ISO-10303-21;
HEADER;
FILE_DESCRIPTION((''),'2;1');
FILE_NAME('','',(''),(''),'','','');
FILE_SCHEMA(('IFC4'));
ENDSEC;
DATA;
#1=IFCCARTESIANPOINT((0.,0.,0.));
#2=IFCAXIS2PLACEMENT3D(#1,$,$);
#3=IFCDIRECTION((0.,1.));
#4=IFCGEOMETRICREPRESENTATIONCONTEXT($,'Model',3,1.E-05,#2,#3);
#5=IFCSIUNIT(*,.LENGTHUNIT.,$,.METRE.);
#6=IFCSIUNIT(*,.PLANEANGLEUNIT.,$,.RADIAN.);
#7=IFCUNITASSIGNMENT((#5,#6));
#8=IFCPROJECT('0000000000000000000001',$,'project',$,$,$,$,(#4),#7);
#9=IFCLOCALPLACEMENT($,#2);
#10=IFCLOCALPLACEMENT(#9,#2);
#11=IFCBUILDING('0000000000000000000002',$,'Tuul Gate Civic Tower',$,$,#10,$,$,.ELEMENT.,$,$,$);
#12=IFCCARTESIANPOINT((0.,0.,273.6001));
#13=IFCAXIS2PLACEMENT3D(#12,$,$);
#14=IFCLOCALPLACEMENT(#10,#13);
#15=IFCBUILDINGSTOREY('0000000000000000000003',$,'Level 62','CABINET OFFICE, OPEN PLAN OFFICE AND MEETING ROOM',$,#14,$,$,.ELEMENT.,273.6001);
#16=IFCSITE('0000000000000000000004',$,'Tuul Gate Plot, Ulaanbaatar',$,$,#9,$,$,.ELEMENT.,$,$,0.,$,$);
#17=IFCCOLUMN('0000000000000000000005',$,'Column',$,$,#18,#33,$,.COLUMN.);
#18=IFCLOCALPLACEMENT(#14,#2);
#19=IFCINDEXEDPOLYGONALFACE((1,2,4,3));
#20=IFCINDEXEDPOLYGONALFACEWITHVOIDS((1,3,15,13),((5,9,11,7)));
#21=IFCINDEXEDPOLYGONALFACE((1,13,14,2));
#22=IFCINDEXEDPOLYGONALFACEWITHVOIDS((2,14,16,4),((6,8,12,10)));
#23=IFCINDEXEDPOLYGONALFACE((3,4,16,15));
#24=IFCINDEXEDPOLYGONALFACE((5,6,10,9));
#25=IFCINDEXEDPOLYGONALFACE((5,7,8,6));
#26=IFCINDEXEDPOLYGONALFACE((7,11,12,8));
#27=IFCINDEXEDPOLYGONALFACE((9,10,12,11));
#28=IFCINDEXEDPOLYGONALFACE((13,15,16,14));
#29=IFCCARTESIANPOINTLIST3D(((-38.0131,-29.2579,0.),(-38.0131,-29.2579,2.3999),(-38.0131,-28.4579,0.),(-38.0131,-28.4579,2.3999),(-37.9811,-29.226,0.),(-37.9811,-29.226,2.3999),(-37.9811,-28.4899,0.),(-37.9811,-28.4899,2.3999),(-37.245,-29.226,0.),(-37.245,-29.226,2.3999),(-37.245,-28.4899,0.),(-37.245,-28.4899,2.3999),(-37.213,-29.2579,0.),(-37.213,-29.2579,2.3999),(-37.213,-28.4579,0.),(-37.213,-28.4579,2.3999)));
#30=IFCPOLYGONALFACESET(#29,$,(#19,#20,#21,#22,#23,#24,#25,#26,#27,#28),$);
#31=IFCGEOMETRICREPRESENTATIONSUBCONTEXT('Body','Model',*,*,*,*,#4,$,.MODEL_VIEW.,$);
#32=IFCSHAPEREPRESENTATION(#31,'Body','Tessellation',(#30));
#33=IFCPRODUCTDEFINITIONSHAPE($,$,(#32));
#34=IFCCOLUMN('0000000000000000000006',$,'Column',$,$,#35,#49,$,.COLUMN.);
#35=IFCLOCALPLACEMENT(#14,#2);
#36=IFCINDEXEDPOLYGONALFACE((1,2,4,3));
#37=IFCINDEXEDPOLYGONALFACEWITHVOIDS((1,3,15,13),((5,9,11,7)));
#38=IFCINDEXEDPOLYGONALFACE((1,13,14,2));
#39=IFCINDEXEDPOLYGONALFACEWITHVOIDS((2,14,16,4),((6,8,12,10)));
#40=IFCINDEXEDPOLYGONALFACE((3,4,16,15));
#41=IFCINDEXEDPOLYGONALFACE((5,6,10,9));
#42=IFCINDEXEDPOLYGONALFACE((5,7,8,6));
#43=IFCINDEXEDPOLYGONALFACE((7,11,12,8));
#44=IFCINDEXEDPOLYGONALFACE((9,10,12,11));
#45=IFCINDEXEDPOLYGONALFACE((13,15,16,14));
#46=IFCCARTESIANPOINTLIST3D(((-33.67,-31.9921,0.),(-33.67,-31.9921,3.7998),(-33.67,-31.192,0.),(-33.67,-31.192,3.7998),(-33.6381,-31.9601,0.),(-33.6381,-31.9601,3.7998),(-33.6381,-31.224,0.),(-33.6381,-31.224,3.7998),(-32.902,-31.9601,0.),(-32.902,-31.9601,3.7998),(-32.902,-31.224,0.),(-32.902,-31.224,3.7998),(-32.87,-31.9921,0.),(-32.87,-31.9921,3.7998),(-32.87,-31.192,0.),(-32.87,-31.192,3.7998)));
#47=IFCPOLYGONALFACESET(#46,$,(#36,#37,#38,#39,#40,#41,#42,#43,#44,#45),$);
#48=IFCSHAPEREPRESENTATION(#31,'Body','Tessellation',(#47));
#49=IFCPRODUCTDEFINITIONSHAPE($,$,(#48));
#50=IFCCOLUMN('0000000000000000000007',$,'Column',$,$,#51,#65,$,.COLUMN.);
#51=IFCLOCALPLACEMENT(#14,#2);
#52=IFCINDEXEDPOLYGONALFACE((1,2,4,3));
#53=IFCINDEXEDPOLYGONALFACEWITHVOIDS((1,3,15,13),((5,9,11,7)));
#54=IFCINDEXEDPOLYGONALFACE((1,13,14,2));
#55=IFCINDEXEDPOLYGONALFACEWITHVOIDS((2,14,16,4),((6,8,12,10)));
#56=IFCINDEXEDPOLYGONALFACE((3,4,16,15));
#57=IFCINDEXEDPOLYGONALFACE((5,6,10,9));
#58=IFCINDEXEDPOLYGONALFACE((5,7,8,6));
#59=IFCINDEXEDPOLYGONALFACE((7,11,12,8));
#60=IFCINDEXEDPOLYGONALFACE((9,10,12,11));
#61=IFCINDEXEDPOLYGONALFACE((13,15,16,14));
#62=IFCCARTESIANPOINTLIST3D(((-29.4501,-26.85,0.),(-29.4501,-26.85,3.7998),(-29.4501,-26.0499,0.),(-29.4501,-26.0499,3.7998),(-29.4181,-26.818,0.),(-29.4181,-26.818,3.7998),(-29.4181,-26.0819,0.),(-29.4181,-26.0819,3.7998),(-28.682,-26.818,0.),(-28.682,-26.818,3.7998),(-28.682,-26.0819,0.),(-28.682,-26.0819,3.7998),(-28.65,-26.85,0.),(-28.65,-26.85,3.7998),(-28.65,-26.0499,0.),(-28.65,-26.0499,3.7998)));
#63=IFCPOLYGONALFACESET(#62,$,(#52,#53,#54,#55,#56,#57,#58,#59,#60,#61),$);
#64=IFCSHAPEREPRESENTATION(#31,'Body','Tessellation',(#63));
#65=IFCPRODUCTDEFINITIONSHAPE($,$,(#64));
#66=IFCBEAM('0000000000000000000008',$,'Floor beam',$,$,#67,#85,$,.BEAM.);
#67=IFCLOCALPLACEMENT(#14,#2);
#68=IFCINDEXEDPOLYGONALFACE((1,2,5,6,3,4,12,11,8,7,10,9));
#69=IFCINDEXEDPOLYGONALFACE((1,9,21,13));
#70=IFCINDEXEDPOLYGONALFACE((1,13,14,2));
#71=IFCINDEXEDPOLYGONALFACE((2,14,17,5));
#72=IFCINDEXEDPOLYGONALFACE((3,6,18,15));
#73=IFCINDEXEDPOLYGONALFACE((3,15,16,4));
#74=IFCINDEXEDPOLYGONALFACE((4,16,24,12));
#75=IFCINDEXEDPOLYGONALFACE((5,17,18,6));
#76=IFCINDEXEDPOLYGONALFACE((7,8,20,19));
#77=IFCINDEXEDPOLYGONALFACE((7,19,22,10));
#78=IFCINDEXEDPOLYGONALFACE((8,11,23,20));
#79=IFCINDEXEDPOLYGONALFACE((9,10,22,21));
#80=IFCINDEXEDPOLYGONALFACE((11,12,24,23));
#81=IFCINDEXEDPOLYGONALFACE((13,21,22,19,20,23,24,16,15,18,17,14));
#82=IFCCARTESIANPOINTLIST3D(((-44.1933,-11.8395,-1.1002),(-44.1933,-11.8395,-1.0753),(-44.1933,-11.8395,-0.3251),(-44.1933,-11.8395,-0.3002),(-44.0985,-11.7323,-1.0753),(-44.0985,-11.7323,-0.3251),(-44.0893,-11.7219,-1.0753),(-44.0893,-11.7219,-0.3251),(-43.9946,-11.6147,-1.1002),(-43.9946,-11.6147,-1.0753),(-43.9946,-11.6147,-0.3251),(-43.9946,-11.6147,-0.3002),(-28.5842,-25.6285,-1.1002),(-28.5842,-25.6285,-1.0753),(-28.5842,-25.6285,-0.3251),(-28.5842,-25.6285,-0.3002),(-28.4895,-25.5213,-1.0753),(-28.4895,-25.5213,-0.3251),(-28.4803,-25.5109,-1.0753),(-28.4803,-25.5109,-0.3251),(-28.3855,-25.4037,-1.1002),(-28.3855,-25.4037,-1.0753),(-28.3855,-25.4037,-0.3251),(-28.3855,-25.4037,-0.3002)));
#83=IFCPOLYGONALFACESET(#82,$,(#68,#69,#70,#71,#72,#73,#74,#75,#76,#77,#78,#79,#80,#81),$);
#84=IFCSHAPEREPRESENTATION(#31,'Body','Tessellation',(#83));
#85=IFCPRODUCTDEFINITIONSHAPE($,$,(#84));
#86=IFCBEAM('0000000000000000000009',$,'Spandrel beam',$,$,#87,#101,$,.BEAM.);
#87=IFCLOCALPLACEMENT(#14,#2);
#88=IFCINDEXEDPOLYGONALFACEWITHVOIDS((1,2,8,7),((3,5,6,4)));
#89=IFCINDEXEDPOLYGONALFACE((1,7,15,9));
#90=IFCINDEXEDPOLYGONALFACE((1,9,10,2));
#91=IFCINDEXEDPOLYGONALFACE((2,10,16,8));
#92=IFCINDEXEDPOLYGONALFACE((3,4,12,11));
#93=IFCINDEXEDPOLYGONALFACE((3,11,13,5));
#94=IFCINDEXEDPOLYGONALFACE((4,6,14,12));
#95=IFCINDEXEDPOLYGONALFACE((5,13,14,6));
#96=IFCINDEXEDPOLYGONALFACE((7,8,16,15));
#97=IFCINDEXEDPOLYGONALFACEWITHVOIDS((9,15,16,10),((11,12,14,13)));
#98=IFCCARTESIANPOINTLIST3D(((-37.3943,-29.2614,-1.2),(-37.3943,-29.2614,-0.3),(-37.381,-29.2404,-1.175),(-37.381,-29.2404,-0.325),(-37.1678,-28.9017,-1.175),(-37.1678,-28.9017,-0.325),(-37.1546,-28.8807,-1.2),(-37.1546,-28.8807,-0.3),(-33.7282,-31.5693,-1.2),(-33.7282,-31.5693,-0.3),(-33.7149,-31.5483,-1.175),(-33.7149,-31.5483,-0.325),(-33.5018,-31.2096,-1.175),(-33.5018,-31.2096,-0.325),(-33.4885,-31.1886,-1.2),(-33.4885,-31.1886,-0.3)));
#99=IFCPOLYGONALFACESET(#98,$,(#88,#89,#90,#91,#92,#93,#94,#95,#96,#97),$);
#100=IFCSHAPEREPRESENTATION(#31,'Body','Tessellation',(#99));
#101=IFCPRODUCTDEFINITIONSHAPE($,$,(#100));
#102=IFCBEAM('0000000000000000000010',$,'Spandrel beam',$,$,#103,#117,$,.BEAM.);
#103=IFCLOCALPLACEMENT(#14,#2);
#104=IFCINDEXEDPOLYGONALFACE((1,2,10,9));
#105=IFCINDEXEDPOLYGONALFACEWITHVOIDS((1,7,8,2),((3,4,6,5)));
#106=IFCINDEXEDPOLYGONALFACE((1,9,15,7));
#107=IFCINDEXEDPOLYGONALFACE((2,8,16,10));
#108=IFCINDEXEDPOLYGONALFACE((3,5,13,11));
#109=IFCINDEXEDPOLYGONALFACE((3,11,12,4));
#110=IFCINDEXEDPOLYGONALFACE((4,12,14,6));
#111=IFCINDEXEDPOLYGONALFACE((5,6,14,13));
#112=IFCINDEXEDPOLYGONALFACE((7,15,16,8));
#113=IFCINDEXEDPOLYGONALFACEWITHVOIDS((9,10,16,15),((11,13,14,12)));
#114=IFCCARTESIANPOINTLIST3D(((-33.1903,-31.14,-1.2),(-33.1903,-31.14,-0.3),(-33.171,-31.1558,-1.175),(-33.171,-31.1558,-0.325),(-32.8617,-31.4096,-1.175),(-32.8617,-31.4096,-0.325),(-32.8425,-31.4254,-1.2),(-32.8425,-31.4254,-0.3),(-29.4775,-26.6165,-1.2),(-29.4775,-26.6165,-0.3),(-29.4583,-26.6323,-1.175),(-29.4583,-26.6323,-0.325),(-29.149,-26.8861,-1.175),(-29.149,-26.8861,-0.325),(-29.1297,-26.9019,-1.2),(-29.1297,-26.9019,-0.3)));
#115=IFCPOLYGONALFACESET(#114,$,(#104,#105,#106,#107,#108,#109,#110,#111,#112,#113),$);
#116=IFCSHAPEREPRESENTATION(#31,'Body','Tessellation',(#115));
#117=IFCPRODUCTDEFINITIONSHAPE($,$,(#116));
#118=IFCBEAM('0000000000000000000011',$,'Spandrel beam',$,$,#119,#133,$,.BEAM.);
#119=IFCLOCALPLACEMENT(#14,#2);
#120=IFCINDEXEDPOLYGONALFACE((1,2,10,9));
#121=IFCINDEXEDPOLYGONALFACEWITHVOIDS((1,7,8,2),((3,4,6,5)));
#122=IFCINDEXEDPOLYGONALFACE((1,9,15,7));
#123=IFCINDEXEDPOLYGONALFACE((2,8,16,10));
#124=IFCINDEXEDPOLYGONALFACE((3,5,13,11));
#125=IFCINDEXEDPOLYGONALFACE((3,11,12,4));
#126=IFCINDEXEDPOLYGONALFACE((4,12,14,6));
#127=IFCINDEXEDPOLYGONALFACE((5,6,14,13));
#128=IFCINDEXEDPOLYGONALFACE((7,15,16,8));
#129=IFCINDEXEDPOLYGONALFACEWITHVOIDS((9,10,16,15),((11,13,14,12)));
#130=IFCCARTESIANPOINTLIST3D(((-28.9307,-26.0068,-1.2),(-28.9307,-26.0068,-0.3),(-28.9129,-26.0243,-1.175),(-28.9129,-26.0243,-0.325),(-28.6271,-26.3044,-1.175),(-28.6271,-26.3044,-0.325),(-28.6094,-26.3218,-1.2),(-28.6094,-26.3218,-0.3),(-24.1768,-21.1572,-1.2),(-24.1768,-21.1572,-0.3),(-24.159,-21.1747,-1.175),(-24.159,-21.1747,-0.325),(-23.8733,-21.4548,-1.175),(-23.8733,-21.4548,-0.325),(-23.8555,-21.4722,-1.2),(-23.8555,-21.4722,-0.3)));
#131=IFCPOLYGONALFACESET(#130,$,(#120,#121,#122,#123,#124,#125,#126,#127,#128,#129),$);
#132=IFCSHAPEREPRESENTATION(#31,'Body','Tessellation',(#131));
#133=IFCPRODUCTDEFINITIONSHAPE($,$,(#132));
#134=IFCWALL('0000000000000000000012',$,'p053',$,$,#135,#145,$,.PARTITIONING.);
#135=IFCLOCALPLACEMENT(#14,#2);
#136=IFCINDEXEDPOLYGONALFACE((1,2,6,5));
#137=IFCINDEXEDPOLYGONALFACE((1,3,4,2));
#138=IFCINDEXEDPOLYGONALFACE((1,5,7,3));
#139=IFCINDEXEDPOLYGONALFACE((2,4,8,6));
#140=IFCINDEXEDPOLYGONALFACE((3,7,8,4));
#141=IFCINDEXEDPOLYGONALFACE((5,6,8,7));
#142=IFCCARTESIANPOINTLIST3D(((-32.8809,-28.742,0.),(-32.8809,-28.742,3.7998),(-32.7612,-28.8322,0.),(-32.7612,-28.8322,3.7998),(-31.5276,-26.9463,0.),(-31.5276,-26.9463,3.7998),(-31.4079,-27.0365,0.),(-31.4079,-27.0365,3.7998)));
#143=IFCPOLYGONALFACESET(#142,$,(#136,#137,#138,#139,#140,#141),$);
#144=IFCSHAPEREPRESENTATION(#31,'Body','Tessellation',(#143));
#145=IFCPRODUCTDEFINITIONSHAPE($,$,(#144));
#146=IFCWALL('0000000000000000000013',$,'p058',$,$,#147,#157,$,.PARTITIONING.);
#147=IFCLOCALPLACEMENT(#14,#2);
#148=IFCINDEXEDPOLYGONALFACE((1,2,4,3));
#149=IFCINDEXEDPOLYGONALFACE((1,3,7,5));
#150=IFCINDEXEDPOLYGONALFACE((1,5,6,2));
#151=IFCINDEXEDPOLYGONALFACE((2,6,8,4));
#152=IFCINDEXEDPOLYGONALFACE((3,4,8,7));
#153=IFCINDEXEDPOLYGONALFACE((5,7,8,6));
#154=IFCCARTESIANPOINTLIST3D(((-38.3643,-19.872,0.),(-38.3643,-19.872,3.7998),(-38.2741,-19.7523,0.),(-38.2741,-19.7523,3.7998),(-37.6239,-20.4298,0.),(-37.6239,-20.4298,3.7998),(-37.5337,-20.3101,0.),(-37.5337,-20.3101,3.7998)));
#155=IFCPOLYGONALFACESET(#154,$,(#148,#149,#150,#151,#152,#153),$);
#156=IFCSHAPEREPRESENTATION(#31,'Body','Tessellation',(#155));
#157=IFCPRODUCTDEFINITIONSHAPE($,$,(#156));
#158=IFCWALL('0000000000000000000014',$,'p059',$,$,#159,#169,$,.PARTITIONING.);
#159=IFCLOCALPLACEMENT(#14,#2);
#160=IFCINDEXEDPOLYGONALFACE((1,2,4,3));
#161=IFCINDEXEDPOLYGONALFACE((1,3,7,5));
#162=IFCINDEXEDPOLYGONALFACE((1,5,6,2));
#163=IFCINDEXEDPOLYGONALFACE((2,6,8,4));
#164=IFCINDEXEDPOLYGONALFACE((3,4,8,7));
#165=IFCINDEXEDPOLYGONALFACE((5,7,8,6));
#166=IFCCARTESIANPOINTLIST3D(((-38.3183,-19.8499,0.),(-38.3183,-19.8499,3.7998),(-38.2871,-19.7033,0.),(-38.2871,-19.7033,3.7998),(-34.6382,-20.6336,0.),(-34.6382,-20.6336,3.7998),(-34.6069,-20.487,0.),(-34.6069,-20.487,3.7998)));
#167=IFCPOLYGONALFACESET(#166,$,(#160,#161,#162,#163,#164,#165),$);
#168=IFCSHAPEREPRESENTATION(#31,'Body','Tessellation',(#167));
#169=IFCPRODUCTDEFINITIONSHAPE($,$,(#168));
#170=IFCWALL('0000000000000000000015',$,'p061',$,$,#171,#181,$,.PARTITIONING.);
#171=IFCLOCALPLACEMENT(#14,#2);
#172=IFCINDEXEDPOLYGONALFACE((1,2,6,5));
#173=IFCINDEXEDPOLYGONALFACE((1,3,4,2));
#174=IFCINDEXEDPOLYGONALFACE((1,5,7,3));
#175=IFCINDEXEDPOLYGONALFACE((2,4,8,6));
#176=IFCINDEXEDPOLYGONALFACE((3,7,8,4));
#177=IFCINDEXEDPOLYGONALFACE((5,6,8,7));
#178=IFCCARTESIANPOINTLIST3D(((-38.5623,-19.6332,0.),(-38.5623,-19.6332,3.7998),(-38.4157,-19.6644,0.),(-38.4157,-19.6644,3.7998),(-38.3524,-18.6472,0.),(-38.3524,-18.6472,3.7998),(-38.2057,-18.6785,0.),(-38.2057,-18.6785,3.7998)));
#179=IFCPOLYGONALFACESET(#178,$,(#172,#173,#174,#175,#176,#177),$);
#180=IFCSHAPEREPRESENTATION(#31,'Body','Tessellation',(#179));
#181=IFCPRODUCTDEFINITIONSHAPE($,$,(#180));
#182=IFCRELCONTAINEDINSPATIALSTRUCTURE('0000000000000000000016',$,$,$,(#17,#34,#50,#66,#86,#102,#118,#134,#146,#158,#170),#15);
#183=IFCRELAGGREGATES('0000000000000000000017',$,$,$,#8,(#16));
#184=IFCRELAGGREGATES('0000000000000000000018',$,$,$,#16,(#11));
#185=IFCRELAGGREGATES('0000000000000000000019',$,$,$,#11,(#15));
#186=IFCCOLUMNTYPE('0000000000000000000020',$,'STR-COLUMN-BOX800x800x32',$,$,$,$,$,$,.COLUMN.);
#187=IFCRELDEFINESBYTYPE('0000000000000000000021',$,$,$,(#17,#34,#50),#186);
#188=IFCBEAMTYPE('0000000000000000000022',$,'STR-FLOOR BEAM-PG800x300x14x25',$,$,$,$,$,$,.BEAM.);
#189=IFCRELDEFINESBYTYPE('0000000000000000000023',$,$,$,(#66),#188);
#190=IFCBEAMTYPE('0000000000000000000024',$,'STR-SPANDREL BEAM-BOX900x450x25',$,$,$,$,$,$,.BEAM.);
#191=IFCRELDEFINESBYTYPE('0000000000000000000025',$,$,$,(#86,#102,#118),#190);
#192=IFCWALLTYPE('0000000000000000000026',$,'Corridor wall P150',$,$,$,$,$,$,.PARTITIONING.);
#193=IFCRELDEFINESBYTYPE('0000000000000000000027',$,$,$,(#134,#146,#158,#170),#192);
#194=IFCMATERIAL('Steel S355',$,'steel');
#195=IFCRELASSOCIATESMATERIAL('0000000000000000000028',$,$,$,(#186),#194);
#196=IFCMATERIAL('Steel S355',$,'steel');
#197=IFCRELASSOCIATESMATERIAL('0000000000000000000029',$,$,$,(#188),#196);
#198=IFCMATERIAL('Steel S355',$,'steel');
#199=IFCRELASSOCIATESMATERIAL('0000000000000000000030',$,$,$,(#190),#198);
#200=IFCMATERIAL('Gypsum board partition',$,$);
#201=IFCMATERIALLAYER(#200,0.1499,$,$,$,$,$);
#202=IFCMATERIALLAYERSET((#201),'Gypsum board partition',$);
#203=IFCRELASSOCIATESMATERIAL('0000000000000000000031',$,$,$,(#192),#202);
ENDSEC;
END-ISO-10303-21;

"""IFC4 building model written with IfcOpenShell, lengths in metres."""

from ifc_helpers import new_model, si_unit, direction, frame, frame_2d, origin, origin_2d, place, context, subcontext, project, spatial, rectangle, hollow_rectangle, i_section, extrude, material, layer, layer_set, material_profile, profile_set, type_object, element, save


model = new_model("IFC4")

# Units and contexts
model_context = context("Model", 3, precision=1e-05, world=origin(), true_north=direction((0.0, 1.0)))
body_context = subcontext(model_context, "Body", "Model", "MODEL_VIEW")
ifc_project = project(units=[si_unit("LENGTHUNIT", "METRE"), si_unit("PLANEANGLEUNIT", "RADIAN")], contexts=[model_context])

# Site, building, storey
site_placement = place(None, origin())
site = spatial("IfcSite", under=ifc_project, at=site_placement, Name="Tuul Gate Plot, Ulaanbaatar", CompositionType="ELEMENT", RefElevation=0.0)
building_placement = place(site_placement, origin())
building = spatial("IfcBuilding", under=site, at=building_placement, Name="Tuul Gate Civic Tower", CompositionType="ELEMENT")
storey_placement = place(building_placement, frame((0.0, 0.0, 273.6001)))
storey = spatial("IfcBuildingStorey", under=building, at=storey_placement, Name="Level 62", Description="CABINET OFFICE, OPEN PLAN OFFICE AND MEETING ROOM", CompositionType="ELEMENT", Elevation=273.6001)

# Columns
ifc_material_1 = material(Name="Steel S355", Category="steel")
ifc_material_profile_1 = material_profile(ifc_material_1, hollow_rectangle(XDim=0.8, YDim=0.8, WallThickness=0.032, at=origin_2d()), Name="BOX800x800x32")
ifc_profile_set_1 = profile_set([ifc_material_profile_1], Name="Steel S355")
column_type = type_object("IfcColumnType", Name="STR-COLUMN-BOX800x800x32", PredefinedType="COLUMN", material=ifc_profile_set_1)
column_placement = place(storey_placement, frame((-37.613, -28.8579, 0.0), z_axis=(0.0, 0.0, 1.0), x_axis=(1.0, 0.0, 0.0)))
element("IfcColumn", 1, at=column_placement, inside=storey, type_object=column_type, Name="Column", PredefinedType="COLUMN", context=body_context, shape_type="SweptSolid", body=[
    extrude(hollow_rectangle(XDim=0.8, YDim=0.8, WallThickness=0.032, at=origin_2d()), origin(), (0.0, 0.0, 1.0), 2.3999),
])
for number, where, z_axis, x_axis, name in (
    (2, (-33.27, -31.592, 0.0), (0.0, 0.0, 1.0), (1.0, 0.0, 0.0), "Column"),
    (3, (-29.05, -26.45, 0.0), (0.0, 0.0, 1.0), (1.0, 0.0, 0.0), "Column"),
):
    element("IfcColumn", number, at=place(storey_placement, frame(where, z_axis=z_axis, x_axis=x_axis)), inside=storey, type_object=column_type, Name=name, PredefinedType="COLUMN", context=body_context, shape_type="SweptSolid", body=[
        extrude(hollow_rectangle(XDim=0.8, YDim=0.8, WallThickness=0.032, at=origin_2d()), origin(), (0.0, 0.0, 1.0), 3.7998),
    ])

# Beams
ifc_material_2 = material(Name="Steel S355", Category="steel")
ifc_material_profile_2 = material_profile(ifc_material_2, i_section(OverallWidth=0.3, OverallDepth=0.8, WebThickness=0.0139, FlangeThickness=0.0249, at=origin_2d()), Name="PG800x300x14x25")
ifc_profile_set_2 = profile_set([ifc_material_profile_2], Name="Steel S355")
beam_type_1 = type_object("IfcBeamType", Name="STR-FLOOR BEAM-PG800x300x14x25", PredefinedType="BEAM", material=ifc_profile_set_2)
beam_1_placement = place(storey_placement, frame((-28.4849, -25.5161, -0.7002), z_axis=(-0.749449, 0.662062, 0.0), x_axis=(-0.662062, -0.749449, 0.0)))
element("IfcBeam", 4, at=beam_1_placement, inside=storey, type_object=beam_type_1, Name="Floor beam", PredefinedType="BEAM", context=body_context, shape_type="SweptSolid", body=[
    extrude(i_section(OverallWidth=0.3, OverallDepth=0.8, WebThickness=0.0139, FlangeThickness=0.0249, at=origin_2d()), origin(), (0.0, 0.0, 1.0), 20.8274),
])
ifc_material_3 = material(Name="Steel S355", Category="steel")
ifc_material_profile_3 = material_profile(ifc_material_3, hollow_rectangle(XDim=0.45, YDim=0.8999, WallThickness=0.0249, at=origin_2d()), Name="BOX900x450x25")
ifc_profile_set_3 = profile_set([ifc_material_profile_3], Name="Steel S355")
beam_type_2 = type_object("IfcBeamType", Name="STR-SPANDREL BEAM-BOX900x450x25", PredefinedType="BEAM", material=ifc_profile_set_3)
beam_2_placement = place(storey_placement, frame((-37.2744, -29.071, -0.75), z_axis=(0.846271, -0.532752, 0.0), x_axis=(0.532752, 0.846271, 0.0)))
element("IfcBeam", 5, at=beam_2_placement, inside=storey, type_object=beam_type_2, Name="Spandrel beam", PredefinedType="BEAM", context=body_context, shape_type="SweptSolid", body=[
    extrude(hollow_rectangle(XDim=0.45, YDim=0.8999, WallThickness=0.0249, at=origin_2d()), origin(), (0.0, 0.0, 1.0), 4.332),
])
beam_3_placement = place(storey_placement, frame((-33.0164, -31.2827, -0.75), z_axis=(0.63443, 0.772981, 0.0), x_axis=(-0.772981, 0.63443, 0.0)))
element("IfcBeam", 6, at=beam_3_placement, inside=storey, type_object=beam_type_2, Name="Spandrel beam", PredefinedType="BEAM", context=body_context, shape_type="SweptSolid", body=[
    extrude(hollow_rectangle(XDim=0.45, YDim=0.8999, WallThickness=0.0249, at=origin_2d()), origin(), (0.0, 0.0, 1.0), 5.8521),
])
beam_4_placement = place(storey_placement, frame((-28.77, -26.1643, -0.75), z_axis=(0.700025, 0.714118, 0.0), x_axis=(-0.714118, 0.700025, 0.0)))
element("IfcBeam", 7, at=beam_4_placement, inside=storey, type_object=beam_type_2, Name="Spandrel beam", PredefinedType="BEAM", context=body_context, shape_type="SweptSolid", body=[
    extrude(hollow_rectangle(XDim=0.45, YDim=0.8999, WallThickness=0.0249, at=origin_2d()), origin(), (0.0, 0.0, 1.0), 6.791),
])

# Walls
ifc_material_4 = material(Name="Gypsum board partition")
ifc_layer_1 = layer(ifc_material_4, 0.1499)
ifc_layer_set_1 = layer_set([ifc_layer_1], Name="Gypsum board partition")
wall_type_1 = type_object("IfcWallType", Name="Corridor wall P150", PredefinedType="PARTITIONING", material=ifc_layer_set_1)
wall_1_placement = place(storey_placement, frame((-32.821, -28.7871, 0.0), z_axis=(0.0, 0.0, 1.0), x_axis=(0.601857, 0.798604, 0.0)))
element("IfcWall", 8, at=wall_1_placement, inside=storey, type_object=wall_type_1, Name="p053", PredefinedType="PARTITIONING", context=body_context, shape_type="SweptSolid", body=[
    extrude(rectangle(XDim=2.2485, YDim=0.1499, at=frame_2d((1.1243, 0.0))), origin(), (0.0, 0.0, 1.0), 3.7998),
])
wall_2_placement = place(storey_placement, frame((-38.3191, -19.8123, 0.0), z_axis=(0.0, 0.0, 1.0), x_axis=(0.798703, -0.601726, 0.0)))
element("IfcWall", 9, at=wall_2_placement, inside=storey, type_object=wall_type_1, Name="p058", PredefinedType="PARTITIONING", context=body_context, shape_type="SweptSolid", body=[
    extrude(rectangle(XDim=0.927, YDim=0.1499, at=frame_2d((0.4634, 0.0))), origin(), (0.0, 0.0, 1.0), 3.7998),
])
wall_3_placement = place(storey_placement, frame((-38.3027, -19.7766, 0.0), z_axis=(0.0, 0.0, 1.0), x_axis=(0.978069, -0.208279, 0.0)))
element("IfcWall", 10, at=wall_3_placement, inside=storey, type_object=wall_type_1, Name="p059", PredefinedType="PARTITIONING", context=body_context, shape_type="SweptSolid", body=[
    extrude(rectangle(XDim=3.7627, YDim=0.1499, at=frame_2d((1.8813, 0.0))), origin(), (0.0, 0.0, 1.0), 3.7998),
])
wall_4_placement = place(storey_placement, frame((-38.489, -19.6487, 0.0), z_axis=(0.0, 0.0, 1.0), x_axis=(0.208305, 0.978064, 0.0)))
element("IfcWall", 11, at=wall_4_placement, inside=storey, type_object=wall_type_1, Name="p061", PredefinedType="PARTITIONING", context=body_context, shape_type="SweptSolid", body=[
    extrude(rectangle(XDim=1.0081, YDim=0.1499, at=frame_2d((0.5039, 0.0))), origin(), (0.0, 0.0, 1.0), 3.7998),
])

save(model, "model.ifc")
